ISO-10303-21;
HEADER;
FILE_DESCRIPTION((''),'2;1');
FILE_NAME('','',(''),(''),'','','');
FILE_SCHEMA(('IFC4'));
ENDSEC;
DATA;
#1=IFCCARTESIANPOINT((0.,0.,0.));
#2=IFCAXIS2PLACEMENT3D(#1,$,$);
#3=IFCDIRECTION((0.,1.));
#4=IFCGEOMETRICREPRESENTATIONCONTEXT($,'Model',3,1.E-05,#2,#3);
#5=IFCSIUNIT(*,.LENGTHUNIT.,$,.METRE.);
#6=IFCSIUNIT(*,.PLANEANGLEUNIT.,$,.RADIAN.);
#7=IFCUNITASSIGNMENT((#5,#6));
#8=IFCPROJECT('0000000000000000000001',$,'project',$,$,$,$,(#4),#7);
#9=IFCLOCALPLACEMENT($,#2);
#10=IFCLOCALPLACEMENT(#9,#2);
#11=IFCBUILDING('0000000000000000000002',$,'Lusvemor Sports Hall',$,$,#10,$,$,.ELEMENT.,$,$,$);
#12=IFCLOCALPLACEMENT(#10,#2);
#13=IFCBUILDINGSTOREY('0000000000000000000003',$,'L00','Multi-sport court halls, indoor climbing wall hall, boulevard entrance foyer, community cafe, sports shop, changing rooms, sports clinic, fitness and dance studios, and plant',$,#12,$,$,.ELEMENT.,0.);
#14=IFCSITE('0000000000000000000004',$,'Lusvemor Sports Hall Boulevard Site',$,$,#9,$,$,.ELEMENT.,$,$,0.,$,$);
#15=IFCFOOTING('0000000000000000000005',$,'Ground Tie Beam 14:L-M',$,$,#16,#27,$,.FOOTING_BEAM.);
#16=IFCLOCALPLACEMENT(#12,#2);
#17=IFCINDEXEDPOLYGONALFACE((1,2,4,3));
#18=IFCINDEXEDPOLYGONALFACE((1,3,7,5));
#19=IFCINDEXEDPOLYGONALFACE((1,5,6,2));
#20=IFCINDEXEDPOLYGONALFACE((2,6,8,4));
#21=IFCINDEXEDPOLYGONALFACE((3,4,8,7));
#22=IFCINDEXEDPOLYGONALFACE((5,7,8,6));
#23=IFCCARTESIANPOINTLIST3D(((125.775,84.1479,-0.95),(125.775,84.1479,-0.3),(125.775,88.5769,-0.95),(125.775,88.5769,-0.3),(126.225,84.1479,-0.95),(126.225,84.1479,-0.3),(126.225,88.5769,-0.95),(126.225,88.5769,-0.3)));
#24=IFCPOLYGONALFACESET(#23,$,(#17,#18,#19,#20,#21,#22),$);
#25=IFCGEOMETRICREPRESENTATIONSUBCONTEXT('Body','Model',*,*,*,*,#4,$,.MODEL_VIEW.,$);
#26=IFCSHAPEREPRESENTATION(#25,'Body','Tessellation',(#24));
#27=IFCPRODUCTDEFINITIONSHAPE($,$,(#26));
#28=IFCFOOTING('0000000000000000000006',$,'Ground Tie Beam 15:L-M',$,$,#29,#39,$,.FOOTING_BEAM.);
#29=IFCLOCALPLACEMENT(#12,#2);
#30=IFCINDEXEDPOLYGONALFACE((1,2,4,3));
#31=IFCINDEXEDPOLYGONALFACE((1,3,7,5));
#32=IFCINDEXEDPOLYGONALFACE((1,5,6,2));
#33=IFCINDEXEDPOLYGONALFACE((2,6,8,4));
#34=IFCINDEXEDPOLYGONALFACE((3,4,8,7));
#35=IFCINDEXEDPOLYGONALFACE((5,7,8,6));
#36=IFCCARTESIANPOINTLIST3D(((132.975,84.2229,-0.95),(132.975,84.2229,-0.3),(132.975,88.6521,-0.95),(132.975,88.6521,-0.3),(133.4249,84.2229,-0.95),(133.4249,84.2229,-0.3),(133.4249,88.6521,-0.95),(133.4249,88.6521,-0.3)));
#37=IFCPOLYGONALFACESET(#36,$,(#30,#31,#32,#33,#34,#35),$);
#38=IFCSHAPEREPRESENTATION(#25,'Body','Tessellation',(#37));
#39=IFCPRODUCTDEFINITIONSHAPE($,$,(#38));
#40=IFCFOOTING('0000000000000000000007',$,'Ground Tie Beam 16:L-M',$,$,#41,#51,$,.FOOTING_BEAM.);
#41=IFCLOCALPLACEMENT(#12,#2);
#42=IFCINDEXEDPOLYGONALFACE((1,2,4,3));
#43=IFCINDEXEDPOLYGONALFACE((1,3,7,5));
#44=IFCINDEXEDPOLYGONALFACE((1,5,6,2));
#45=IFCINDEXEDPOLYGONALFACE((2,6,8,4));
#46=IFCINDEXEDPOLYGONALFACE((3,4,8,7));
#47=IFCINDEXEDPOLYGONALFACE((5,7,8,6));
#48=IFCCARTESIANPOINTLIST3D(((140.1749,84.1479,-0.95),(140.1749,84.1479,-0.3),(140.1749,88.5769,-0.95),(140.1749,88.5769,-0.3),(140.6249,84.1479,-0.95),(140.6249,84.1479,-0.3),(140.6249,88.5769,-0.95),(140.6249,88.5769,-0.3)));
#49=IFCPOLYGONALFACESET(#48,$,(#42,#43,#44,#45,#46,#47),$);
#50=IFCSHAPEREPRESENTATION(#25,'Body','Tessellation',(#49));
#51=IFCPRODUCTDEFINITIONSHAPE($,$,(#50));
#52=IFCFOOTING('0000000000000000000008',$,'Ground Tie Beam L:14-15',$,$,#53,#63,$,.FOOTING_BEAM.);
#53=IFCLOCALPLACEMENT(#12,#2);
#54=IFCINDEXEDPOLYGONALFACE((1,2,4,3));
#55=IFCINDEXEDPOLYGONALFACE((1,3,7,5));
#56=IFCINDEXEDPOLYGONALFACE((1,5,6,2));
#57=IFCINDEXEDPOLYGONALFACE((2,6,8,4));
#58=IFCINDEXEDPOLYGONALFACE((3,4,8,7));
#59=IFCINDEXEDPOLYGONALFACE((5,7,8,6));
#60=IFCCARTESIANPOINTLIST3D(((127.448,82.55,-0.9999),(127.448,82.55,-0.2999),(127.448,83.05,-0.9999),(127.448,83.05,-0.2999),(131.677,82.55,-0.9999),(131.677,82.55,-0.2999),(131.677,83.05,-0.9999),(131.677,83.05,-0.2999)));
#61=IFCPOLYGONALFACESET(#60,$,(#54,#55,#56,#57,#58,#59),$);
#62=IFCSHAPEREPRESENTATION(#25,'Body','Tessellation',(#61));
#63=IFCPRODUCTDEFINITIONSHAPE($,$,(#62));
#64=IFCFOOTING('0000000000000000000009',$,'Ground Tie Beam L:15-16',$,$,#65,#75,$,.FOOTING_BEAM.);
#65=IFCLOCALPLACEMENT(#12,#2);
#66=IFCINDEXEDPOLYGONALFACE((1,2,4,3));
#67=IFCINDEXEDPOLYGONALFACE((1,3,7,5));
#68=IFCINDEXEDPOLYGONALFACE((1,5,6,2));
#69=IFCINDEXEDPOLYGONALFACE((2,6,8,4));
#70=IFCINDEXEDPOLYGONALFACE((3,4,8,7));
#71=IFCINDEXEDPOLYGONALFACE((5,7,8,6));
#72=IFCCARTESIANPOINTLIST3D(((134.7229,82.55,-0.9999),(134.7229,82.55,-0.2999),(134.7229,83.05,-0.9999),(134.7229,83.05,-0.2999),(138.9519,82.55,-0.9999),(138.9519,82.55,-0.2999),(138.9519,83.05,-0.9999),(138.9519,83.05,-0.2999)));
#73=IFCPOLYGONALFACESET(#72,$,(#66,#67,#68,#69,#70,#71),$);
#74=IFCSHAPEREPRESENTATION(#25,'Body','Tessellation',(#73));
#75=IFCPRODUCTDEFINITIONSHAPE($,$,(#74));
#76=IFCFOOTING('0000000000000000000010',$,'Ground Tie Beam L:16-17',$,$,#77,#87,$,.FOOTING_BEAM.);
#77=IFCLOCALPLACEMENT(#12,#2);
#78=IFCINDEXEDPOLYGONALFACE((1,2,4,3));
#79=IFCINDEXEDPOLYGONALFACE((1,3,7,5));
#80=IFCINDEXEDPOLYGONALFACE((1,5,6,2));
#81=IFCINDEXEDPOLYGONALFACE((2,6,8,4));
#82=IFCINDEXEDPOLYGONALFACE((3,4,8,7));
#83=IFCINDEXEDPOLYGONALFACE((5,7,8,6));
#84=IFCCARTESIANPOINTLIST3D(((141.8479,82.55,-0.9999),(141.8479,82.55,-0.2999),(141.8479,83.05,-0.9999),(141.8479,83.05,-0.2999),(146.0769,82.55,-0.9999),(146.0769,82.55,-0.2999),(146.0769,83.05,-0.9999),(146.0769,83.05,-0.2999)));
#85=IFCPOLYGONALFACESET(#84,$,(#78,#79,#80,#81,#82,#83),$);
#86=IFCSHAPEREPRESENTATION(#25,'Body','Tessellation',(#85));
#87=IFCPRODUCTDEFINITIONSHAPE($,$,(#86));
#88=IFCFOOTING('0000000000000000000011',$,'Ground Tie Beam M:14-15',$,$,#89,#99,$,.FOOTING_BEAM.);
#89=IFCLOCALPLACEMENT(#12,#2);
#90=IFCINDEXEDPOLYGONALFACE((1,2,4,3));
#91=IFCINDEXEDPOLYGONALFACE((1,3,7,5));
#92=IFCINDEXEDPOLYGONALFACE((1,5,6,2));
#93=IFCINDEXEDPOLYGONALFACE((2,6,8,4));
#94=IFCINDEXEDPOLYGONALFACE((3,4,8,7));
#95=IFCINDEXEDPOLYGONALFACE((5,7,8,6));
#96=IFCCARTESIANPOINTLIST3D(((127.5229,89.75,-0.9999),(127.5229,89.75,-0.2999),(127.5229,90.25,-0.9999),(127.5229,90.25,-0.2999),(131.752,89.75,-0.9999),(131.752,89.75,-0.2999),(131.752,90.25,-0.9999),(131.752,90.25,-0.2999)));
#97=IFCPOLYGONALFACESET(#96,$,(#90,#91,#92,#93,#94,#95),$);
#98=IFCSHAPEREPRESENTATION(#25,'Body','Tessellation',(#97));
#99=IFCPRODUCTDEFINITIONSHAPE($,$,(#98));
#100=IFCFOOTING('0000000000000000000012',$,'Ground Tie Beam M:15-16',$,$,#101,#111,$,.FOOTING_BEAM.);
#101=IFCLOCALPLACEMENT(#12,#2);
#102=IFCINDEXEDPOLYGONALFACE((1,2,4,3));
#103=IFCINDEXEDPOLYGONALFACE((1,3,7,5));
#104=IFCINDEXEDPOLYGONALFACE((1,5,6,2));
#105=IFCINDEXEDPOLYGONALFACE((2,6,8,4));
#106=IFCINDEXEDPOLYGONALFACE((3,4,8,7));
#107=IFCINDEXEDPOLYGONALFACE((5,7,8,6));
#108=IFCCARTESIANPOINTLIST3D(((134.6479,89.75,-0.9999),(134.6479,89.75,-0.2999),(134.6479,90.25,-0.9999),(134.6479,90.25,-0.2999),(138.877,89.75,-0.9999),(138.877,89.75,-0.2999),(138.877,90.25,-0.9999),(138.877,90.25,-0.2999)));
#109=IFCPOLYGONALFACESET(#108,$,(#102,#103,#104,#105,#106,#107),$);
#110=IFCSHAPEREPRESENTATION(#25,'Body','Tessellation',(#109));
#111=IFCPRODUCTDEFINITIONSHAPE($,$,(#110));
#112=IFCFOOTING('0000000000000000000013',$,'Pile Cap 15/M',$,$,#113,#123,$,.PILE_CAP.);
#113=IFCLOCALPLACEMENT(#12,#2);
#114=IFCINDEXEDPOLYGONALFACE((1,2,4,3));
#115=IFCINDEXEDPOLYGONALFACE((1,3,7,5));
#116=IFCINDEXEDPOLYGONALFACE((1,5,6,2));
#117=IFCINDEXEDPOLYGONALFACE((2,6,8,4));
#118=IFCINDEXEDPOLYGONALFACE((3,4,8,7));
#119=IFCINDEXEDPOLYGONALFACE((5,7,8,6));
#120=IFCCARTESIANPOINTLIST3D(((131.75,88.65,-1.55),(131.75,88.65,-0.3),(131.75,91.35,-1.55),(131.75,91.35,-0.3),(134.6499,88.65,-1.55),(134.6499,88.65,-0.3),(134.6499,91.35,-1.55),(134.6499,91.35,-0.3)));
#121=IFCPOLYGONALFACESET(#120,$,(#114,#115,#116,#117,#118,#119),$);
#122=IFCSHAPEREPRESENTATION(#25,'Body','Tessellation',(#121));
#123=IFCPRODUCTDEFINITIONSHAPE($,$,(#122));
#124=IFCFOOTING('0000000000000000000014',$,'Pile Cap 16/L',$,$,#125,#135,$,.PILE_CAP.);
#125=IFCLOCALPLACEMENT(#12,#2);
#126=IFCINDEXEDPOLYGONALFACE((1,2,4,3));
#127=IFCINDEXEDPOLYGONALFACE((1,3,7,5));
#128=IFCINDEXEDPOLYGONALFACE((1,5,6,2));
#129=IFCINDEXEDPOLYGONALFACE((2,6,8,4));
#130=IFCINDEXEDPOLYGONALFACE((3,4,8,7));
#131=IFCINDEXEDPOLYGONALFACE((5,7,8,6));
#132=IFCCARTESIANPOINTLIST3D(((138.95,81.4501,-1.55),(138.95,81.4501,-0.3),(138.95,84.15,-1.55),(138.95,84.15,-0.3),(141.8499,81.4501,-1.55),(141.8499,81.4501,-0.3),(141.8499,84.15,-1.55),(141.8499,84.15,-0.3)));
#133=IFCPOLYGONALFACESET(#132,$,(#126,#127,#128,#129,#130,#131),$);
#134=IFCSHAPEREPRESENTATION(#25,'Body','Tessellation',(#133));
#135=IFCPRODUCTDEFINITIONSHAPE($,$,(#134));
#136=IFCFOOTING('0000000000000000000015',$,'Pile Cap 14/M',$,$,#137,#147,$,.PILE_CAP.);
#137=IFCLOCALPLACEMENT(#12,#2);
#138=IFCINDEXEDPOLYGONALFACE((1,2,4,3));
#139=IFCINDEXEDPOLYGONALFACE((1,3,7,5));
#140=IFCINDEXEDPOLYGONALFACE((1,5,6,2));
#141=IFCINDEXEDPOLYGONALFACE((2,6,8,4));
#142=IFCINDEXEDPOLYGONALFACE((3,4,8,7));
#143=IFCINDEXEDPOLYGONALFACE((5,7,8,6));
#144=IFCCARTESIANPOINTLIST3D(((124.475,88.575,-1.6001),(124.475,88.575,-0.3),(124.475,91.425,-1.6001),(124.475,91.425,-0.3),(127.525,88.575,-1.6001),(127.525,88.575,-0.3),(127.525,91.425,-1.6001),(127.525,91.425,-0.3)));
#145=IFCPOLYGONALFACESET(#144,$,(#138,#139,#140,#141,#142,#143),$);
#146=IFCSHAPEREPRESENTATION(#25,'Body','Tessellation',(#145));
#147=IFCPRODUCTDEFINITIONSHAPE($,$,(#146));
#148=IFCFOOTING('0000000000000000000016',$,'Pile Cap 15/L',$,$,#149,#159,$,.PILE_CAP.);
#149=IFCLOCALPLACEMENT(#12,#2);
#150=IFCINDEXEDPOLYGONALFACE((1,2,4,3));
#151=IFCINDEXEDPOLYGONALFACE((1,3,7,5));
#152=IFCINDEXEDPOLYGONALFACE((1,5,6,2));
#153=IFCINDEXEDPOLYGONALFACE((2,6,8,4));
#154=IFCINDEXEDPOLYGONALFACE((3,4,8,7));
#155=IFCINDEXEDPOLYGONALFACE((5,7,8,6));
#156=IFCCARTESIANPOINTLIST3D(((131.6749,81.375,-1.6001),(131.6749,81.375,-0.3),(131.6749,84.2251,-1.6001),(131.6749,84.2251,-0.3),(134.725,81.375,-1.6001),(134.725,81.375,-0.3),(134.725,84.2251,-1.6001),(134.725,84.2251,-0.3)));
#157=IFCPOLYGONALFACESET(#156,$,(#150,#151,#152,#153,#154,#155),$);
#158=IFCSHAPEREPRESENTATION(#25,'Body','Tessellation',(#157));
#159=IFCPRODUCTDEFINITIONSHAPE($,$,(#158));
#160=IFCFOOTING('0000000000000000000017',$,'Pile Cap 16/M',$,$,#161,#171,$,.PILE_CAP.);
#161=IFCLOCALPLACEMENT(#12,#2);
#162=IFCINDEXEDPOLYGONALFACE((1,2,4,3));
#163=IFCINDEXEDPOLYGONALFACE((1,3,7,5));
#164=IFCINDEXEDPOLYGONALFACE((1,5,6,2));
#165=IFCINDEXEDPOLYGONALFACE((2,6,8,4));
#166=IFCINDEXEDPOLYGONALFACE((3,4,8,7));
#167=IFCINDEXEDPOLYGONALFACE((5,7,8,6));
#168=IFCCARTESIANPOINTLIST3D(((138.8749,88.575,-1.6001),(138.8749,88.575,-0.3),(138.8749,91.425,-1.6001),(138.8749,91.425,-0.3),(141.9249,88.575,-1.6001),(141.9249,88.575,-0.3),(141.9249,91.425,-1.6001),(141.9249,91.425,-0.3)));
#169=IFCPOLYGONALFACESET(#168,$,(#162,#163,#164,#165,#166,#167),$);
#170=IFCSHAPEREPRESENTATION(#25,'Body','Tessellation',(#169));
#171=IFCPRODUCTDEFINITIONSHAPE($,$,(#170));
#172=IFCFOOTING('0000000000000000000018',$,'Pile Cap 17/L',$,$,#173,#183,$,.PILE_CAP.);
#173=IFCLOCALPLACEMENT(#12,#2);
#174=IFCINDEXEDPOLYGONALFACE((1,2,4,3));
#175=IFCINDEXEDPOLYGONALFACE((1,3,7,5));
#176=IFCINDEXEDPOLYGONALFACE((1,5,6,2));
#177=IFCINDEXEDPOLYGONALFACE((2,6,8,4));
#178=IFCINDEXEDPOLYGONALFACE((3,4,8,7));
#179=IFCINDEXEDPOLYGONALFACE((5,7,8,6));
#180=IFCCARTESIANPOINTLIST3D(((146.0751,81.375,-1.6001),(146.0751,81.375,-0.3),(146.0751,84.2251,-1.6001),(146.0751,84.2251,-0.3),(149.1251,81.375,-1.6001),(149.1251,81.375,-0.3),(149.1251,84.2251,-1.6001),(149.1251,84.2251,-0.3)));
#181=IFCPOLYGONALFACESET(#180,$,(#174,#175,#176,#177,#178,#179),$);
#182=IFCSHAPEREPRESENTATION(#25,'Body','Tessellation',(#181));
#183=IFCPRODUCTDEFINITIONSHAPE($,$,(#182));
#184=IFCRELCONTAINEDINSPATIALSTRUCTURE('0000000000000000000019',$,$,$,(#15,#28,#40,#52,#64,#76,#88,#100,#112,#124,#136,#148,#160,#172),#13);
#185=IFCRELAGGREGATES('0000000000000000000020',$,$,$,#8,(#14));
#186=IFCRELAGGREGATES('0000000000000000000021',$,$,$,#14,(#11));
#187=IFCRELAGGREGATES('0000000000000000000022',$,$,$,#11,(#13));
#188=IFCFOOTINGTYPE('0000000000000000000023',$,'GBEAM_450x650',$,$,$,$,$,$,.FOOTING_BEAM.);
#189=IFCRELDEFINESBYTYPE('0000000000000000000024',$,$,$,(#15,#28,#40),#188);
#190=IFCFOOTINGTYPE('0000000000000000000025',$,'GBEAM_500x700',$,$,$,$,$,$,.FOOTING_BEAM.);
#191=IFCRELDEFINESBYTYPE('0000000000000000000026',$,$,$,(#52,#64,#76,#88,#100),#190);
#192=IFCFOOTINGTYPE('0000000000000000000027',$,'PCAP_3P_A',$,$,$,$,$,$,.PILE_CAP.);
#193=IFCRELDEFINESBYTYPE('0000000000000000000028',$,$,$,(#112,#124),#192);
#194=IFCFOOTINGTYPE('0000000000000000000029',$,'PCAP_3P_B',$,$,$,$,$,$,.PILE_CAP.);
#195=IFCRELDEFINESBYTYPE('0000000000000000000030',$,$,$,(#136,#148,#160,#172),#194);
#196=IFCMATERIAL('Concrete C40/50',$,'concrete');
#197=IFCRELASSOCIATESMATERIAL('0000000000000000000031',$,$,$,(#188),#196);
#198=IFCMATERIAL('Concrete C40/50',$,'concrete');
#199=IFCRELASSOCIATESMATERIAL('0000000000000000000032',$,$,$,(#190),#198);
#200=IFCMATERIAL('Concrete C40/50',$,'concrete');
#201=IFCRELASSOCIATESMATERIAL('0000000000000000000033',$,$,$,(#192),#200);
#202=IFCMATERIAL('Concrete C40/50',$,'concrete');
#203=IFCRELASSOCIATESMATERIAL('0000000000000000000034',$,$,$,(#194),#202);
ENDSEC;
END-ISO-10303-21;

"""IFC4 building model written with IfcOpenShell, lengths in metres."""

from ifc_helpers import new_model, si_unit, direction, frame, origin, origin_2d, place, context, subcontext, project, spatial, rectangle, extrude, material, material_profile, profile_set, type_object, element, save


model = new_model("IFC4")

# Units and contexts
model_context = context("Model", 3, precision=1e-05, world=origin(), true_north=direction((0.0, 1.0)))
body_context = subcontext(model_context, "Body", "Model", "MODEL_VIEW")
ifc_project = project(units=[si_unit("LENGTHUNIT", "METRE"), si_unit("PLANEANGLEUNIT", "RADIAN")], contexts=[model_context])

# Site, building, storey
site_placement = place(None, origin())
site = spatial("IfcSite", under=ifc_project, at=site_placement, Name="Lusvemor Sports Hall Boulevard Site", CompositionType="ELEMENT", RefElevation=0.0)
building_placement = place(site_placement, origin())
building = spatial("IfcBuilding", under=site, at=building_placement, Name="Lusvemor Sports Hall", CompositionType="ELEMENT")
storey_placement = place(building_placement, origin())
storey = spatial("IfcBuildingStorey", under=building, at=storey_placement, Name="L00", Description="Multi-sport court halls, indoor climbing wall hall, boulevard entrance foyer, community cafe, sports shop, changing rooms, sports clinic, fitness and dance studios, and plant", CompositionType="ELEMENT", Elevation=0.0)

# Footings
ifc_material_1 = material(Name="Concrete C40/50", Category="concrete")
ifc_material_profile_1 = material_profile(ifc_material_1, rectangle(XDim=0.45, YDim=0.6499, at=origin_2d()), Name="GB_450x650")
ifc_profile_set_1 = profile_set([ifc_material_profile_1], Name="Concrete C40/50")
footing_type_1 = type_object("IfcFootingType", Name="GBEAM_450x650", PredefinedType="FOOTING_BEAM", material=ifc_profile_set_1)
footing_1_placement = place(storey_placement, frame((126.0, 84.1479, -0.625), z_axis=(0.0, 1.0, 0.0), x_axis=(-1.0, 0.0, 0.0)))
element("IfcFooting", 1, at=footing_1_placement, inside=storey, type_object=footing_type_1, Name="Ground Tie Beam 14:L-M", PredefinedType="FOOTING_BEAM", context=body_context, shape_type="SweptSolid", body=[
    extrude(rectangle(XDim=0.45, YDim=0.6499, at=origin_2d()), origin(), (0.0, 0.0, 1.0), 4.429),
])
footing_2_placement = place(storey_placement, frame((133.2, 84.2229, -0.625), z_axis=(0.0, 1.0, 0.0), x_axis=(-1.0, 0.0, 0.0)))
element("IfcFooting", 2, at=footing_2_placement, inside=storey, type_object=footing_type_1, Name="Ground Tie Beam 15:L-M", PredefinedType="FOOTING_BEAM", context=body_context, shape_type="SweptSolid", body=[
    extrude(rectangle(XDim=0.45, YDim=0.6499, at=origin_2d()), origin(), (0.0, 0.0, 1.0), 4.4292),
])
footing_3_placement = place(storey_placement, frame((140.3999, 84.1479, -0.625), z_axis=(0.0, 1.0, 0.0), x_axis=(-1.0, 0.0, 0.0)))
element("IfcFooting", 3, at=footing_3_placement, inside=storey, type_object=footing_type_1, Name="Ground Tie Beam 16:L-M", PredefinedType="FOOTING_BEAM", context=body_context, shape_type="SweptSolid", body=[
    extrude(rectangle(XDim=0.45, YDim=0.6499, at=origin_2d()), origin(), (0.0, 0.0, 1.0), 4.429),
])
ifc_material_2 = material(Name="Concrete C40/50", Category="concrete")
ifc_material_profile_2 = material_profile(ifc_material_2, rectangle(XDim=0.5, YDim=0.7, at=origin_2d()), Name="GB_500x700")
ifc_profile_set_2 = profile_set([ifc_material_profile_2], Name="Concrete C40/50")
footing_type_2 = type_object("IfcFootingType", Name="GBEAM_500x700", PredefinedType="FOOTING_BEAM", material=ifc_profile_set_2)
for number, where, z_axis, x_axis, name in (
    (4, (127.448, 82.8, -0.6499), (1.0, 0.0, 0.0), (0.0, 1.0, 0.0), "Ground Tie Beam L:14-15"),
    (5, (134.7229, 82.8, -0.6499), (1.0, 0.0, 0.0), (0.0, 1.0, 0.0), "Ground Tie Beam L:15-16"),
    (6, (141.8479, 82.8, -0.6499), (1.0, 0.0, 0.0), (0.0, 1.0, 0.0), "Ground Tie Beam L:16-17"),
    (7, (127.5229, 90.0, -0.6499), (1.0, 0.0, 0.0), (0.0, 1.0, 0.0), "Ground Tie Beam M:14-15"),
    (8, (134.6479, 90.0, -0.6499), (1.0, 0.0, 0.0), (0.0, 1.0, 0.0), "Ground Tie Beam M:15-16"),
):
    element("IfcFooting", number, at=place(storey_placement, frame(where, z_axis=z_axis, x_axis=x_axis)), inside=storey, type_object=footing_type_2, Name=name, PredefinedType="FOOTING_BEAM", context=body_context, shape_type="SweptSolid", body=[
        extrude(rectangle(XDim=0.5, YDim=0.7, at=origin_2d()), origin(), (0.0, 0.0, 1.0), 4.229),
    ])
ifc_material_3 = material(Name="Concrete C40/50", Category="concrete")
footing_type_3 = type_object("IfcFootingType", Name="PCAP_3P_A", PredefinedType="PILE_CAP", material=ifc_material_3)
for number, where, z_axis, x_axis, name in (
    (9, (133.2, 90.0, -1.55), (0.0, 0.0, 1.0), (1.0, 0.0, 0.0), "Pile Cap 15/M"),
    (10, (140.3999, 82.8, -1.55), (0.0, 0.0, 1.0), (1.0, 0.0, 0.0), "Pile Cap 16/L"),
):
    element("IfcFooting", number, at=place(storey_placement, frame(where, z_axis=z_axis, x_axis=x_axis)), inside=storey, type_object=footing_type_3, Name=name, PredefinedType="PILE_CAP", context=body_context, shape_type="SweptSolid", body=[
        extrude(rectangle(XDim=2.8999, YDim=2.7, at=origin_2d()), origin(), (0.0, 0.0, 1.0), 1.25),
    ])
ifc_material_4 = material(Name="Concrete C40/50", Category="concrete")
footing_type_4 = type_object("IfcFootingType", Name="PCAP_3P_B", PredefinedType="PILE_CAP", material=ifc_material_4)
for number, where, z_axis, x_axis, name in (
    (11, (126.0, 90.0, -1.6001), (0.0, 0.0, 1.0), (1.0, 0.0, 0.0), "Pile Cap 14/M"),
    (12, (133.2, 82.8, -1.6001), (0.0, 0.0, 1.0), (1.0, 0.0, 0.0), "Pile Cap 15/L"),
    (13, (140.3999, 90.0, -1.6001), (0.0, 0.0, 1.0), (1.0, 0.0, 0.0), "Pile Cap 16/M"),
    (14, (147.6001, 82.8, -1.6001), (0.0, 0.0, 1.0), (1.0, 0.0, 0.0), "Pile Cap 17/L"),
):
    element("IfcFooting", number, at=place(storey_placement, frame(where, z_axis=z_axis, x_axis=x_axis)), inside=storey, type_object=footing_type_4, Name=name, PredefinedType="PILE_CAP", context=body_context, shape_type="SweptSolid", body=[
        extrude(rectangle(XDim=3.05, YDim=2.8501, at=origin_2d()), origin(), (0.0, 0.0, 1.0), 1.3),
    ])

save(model, "model.ifc")
